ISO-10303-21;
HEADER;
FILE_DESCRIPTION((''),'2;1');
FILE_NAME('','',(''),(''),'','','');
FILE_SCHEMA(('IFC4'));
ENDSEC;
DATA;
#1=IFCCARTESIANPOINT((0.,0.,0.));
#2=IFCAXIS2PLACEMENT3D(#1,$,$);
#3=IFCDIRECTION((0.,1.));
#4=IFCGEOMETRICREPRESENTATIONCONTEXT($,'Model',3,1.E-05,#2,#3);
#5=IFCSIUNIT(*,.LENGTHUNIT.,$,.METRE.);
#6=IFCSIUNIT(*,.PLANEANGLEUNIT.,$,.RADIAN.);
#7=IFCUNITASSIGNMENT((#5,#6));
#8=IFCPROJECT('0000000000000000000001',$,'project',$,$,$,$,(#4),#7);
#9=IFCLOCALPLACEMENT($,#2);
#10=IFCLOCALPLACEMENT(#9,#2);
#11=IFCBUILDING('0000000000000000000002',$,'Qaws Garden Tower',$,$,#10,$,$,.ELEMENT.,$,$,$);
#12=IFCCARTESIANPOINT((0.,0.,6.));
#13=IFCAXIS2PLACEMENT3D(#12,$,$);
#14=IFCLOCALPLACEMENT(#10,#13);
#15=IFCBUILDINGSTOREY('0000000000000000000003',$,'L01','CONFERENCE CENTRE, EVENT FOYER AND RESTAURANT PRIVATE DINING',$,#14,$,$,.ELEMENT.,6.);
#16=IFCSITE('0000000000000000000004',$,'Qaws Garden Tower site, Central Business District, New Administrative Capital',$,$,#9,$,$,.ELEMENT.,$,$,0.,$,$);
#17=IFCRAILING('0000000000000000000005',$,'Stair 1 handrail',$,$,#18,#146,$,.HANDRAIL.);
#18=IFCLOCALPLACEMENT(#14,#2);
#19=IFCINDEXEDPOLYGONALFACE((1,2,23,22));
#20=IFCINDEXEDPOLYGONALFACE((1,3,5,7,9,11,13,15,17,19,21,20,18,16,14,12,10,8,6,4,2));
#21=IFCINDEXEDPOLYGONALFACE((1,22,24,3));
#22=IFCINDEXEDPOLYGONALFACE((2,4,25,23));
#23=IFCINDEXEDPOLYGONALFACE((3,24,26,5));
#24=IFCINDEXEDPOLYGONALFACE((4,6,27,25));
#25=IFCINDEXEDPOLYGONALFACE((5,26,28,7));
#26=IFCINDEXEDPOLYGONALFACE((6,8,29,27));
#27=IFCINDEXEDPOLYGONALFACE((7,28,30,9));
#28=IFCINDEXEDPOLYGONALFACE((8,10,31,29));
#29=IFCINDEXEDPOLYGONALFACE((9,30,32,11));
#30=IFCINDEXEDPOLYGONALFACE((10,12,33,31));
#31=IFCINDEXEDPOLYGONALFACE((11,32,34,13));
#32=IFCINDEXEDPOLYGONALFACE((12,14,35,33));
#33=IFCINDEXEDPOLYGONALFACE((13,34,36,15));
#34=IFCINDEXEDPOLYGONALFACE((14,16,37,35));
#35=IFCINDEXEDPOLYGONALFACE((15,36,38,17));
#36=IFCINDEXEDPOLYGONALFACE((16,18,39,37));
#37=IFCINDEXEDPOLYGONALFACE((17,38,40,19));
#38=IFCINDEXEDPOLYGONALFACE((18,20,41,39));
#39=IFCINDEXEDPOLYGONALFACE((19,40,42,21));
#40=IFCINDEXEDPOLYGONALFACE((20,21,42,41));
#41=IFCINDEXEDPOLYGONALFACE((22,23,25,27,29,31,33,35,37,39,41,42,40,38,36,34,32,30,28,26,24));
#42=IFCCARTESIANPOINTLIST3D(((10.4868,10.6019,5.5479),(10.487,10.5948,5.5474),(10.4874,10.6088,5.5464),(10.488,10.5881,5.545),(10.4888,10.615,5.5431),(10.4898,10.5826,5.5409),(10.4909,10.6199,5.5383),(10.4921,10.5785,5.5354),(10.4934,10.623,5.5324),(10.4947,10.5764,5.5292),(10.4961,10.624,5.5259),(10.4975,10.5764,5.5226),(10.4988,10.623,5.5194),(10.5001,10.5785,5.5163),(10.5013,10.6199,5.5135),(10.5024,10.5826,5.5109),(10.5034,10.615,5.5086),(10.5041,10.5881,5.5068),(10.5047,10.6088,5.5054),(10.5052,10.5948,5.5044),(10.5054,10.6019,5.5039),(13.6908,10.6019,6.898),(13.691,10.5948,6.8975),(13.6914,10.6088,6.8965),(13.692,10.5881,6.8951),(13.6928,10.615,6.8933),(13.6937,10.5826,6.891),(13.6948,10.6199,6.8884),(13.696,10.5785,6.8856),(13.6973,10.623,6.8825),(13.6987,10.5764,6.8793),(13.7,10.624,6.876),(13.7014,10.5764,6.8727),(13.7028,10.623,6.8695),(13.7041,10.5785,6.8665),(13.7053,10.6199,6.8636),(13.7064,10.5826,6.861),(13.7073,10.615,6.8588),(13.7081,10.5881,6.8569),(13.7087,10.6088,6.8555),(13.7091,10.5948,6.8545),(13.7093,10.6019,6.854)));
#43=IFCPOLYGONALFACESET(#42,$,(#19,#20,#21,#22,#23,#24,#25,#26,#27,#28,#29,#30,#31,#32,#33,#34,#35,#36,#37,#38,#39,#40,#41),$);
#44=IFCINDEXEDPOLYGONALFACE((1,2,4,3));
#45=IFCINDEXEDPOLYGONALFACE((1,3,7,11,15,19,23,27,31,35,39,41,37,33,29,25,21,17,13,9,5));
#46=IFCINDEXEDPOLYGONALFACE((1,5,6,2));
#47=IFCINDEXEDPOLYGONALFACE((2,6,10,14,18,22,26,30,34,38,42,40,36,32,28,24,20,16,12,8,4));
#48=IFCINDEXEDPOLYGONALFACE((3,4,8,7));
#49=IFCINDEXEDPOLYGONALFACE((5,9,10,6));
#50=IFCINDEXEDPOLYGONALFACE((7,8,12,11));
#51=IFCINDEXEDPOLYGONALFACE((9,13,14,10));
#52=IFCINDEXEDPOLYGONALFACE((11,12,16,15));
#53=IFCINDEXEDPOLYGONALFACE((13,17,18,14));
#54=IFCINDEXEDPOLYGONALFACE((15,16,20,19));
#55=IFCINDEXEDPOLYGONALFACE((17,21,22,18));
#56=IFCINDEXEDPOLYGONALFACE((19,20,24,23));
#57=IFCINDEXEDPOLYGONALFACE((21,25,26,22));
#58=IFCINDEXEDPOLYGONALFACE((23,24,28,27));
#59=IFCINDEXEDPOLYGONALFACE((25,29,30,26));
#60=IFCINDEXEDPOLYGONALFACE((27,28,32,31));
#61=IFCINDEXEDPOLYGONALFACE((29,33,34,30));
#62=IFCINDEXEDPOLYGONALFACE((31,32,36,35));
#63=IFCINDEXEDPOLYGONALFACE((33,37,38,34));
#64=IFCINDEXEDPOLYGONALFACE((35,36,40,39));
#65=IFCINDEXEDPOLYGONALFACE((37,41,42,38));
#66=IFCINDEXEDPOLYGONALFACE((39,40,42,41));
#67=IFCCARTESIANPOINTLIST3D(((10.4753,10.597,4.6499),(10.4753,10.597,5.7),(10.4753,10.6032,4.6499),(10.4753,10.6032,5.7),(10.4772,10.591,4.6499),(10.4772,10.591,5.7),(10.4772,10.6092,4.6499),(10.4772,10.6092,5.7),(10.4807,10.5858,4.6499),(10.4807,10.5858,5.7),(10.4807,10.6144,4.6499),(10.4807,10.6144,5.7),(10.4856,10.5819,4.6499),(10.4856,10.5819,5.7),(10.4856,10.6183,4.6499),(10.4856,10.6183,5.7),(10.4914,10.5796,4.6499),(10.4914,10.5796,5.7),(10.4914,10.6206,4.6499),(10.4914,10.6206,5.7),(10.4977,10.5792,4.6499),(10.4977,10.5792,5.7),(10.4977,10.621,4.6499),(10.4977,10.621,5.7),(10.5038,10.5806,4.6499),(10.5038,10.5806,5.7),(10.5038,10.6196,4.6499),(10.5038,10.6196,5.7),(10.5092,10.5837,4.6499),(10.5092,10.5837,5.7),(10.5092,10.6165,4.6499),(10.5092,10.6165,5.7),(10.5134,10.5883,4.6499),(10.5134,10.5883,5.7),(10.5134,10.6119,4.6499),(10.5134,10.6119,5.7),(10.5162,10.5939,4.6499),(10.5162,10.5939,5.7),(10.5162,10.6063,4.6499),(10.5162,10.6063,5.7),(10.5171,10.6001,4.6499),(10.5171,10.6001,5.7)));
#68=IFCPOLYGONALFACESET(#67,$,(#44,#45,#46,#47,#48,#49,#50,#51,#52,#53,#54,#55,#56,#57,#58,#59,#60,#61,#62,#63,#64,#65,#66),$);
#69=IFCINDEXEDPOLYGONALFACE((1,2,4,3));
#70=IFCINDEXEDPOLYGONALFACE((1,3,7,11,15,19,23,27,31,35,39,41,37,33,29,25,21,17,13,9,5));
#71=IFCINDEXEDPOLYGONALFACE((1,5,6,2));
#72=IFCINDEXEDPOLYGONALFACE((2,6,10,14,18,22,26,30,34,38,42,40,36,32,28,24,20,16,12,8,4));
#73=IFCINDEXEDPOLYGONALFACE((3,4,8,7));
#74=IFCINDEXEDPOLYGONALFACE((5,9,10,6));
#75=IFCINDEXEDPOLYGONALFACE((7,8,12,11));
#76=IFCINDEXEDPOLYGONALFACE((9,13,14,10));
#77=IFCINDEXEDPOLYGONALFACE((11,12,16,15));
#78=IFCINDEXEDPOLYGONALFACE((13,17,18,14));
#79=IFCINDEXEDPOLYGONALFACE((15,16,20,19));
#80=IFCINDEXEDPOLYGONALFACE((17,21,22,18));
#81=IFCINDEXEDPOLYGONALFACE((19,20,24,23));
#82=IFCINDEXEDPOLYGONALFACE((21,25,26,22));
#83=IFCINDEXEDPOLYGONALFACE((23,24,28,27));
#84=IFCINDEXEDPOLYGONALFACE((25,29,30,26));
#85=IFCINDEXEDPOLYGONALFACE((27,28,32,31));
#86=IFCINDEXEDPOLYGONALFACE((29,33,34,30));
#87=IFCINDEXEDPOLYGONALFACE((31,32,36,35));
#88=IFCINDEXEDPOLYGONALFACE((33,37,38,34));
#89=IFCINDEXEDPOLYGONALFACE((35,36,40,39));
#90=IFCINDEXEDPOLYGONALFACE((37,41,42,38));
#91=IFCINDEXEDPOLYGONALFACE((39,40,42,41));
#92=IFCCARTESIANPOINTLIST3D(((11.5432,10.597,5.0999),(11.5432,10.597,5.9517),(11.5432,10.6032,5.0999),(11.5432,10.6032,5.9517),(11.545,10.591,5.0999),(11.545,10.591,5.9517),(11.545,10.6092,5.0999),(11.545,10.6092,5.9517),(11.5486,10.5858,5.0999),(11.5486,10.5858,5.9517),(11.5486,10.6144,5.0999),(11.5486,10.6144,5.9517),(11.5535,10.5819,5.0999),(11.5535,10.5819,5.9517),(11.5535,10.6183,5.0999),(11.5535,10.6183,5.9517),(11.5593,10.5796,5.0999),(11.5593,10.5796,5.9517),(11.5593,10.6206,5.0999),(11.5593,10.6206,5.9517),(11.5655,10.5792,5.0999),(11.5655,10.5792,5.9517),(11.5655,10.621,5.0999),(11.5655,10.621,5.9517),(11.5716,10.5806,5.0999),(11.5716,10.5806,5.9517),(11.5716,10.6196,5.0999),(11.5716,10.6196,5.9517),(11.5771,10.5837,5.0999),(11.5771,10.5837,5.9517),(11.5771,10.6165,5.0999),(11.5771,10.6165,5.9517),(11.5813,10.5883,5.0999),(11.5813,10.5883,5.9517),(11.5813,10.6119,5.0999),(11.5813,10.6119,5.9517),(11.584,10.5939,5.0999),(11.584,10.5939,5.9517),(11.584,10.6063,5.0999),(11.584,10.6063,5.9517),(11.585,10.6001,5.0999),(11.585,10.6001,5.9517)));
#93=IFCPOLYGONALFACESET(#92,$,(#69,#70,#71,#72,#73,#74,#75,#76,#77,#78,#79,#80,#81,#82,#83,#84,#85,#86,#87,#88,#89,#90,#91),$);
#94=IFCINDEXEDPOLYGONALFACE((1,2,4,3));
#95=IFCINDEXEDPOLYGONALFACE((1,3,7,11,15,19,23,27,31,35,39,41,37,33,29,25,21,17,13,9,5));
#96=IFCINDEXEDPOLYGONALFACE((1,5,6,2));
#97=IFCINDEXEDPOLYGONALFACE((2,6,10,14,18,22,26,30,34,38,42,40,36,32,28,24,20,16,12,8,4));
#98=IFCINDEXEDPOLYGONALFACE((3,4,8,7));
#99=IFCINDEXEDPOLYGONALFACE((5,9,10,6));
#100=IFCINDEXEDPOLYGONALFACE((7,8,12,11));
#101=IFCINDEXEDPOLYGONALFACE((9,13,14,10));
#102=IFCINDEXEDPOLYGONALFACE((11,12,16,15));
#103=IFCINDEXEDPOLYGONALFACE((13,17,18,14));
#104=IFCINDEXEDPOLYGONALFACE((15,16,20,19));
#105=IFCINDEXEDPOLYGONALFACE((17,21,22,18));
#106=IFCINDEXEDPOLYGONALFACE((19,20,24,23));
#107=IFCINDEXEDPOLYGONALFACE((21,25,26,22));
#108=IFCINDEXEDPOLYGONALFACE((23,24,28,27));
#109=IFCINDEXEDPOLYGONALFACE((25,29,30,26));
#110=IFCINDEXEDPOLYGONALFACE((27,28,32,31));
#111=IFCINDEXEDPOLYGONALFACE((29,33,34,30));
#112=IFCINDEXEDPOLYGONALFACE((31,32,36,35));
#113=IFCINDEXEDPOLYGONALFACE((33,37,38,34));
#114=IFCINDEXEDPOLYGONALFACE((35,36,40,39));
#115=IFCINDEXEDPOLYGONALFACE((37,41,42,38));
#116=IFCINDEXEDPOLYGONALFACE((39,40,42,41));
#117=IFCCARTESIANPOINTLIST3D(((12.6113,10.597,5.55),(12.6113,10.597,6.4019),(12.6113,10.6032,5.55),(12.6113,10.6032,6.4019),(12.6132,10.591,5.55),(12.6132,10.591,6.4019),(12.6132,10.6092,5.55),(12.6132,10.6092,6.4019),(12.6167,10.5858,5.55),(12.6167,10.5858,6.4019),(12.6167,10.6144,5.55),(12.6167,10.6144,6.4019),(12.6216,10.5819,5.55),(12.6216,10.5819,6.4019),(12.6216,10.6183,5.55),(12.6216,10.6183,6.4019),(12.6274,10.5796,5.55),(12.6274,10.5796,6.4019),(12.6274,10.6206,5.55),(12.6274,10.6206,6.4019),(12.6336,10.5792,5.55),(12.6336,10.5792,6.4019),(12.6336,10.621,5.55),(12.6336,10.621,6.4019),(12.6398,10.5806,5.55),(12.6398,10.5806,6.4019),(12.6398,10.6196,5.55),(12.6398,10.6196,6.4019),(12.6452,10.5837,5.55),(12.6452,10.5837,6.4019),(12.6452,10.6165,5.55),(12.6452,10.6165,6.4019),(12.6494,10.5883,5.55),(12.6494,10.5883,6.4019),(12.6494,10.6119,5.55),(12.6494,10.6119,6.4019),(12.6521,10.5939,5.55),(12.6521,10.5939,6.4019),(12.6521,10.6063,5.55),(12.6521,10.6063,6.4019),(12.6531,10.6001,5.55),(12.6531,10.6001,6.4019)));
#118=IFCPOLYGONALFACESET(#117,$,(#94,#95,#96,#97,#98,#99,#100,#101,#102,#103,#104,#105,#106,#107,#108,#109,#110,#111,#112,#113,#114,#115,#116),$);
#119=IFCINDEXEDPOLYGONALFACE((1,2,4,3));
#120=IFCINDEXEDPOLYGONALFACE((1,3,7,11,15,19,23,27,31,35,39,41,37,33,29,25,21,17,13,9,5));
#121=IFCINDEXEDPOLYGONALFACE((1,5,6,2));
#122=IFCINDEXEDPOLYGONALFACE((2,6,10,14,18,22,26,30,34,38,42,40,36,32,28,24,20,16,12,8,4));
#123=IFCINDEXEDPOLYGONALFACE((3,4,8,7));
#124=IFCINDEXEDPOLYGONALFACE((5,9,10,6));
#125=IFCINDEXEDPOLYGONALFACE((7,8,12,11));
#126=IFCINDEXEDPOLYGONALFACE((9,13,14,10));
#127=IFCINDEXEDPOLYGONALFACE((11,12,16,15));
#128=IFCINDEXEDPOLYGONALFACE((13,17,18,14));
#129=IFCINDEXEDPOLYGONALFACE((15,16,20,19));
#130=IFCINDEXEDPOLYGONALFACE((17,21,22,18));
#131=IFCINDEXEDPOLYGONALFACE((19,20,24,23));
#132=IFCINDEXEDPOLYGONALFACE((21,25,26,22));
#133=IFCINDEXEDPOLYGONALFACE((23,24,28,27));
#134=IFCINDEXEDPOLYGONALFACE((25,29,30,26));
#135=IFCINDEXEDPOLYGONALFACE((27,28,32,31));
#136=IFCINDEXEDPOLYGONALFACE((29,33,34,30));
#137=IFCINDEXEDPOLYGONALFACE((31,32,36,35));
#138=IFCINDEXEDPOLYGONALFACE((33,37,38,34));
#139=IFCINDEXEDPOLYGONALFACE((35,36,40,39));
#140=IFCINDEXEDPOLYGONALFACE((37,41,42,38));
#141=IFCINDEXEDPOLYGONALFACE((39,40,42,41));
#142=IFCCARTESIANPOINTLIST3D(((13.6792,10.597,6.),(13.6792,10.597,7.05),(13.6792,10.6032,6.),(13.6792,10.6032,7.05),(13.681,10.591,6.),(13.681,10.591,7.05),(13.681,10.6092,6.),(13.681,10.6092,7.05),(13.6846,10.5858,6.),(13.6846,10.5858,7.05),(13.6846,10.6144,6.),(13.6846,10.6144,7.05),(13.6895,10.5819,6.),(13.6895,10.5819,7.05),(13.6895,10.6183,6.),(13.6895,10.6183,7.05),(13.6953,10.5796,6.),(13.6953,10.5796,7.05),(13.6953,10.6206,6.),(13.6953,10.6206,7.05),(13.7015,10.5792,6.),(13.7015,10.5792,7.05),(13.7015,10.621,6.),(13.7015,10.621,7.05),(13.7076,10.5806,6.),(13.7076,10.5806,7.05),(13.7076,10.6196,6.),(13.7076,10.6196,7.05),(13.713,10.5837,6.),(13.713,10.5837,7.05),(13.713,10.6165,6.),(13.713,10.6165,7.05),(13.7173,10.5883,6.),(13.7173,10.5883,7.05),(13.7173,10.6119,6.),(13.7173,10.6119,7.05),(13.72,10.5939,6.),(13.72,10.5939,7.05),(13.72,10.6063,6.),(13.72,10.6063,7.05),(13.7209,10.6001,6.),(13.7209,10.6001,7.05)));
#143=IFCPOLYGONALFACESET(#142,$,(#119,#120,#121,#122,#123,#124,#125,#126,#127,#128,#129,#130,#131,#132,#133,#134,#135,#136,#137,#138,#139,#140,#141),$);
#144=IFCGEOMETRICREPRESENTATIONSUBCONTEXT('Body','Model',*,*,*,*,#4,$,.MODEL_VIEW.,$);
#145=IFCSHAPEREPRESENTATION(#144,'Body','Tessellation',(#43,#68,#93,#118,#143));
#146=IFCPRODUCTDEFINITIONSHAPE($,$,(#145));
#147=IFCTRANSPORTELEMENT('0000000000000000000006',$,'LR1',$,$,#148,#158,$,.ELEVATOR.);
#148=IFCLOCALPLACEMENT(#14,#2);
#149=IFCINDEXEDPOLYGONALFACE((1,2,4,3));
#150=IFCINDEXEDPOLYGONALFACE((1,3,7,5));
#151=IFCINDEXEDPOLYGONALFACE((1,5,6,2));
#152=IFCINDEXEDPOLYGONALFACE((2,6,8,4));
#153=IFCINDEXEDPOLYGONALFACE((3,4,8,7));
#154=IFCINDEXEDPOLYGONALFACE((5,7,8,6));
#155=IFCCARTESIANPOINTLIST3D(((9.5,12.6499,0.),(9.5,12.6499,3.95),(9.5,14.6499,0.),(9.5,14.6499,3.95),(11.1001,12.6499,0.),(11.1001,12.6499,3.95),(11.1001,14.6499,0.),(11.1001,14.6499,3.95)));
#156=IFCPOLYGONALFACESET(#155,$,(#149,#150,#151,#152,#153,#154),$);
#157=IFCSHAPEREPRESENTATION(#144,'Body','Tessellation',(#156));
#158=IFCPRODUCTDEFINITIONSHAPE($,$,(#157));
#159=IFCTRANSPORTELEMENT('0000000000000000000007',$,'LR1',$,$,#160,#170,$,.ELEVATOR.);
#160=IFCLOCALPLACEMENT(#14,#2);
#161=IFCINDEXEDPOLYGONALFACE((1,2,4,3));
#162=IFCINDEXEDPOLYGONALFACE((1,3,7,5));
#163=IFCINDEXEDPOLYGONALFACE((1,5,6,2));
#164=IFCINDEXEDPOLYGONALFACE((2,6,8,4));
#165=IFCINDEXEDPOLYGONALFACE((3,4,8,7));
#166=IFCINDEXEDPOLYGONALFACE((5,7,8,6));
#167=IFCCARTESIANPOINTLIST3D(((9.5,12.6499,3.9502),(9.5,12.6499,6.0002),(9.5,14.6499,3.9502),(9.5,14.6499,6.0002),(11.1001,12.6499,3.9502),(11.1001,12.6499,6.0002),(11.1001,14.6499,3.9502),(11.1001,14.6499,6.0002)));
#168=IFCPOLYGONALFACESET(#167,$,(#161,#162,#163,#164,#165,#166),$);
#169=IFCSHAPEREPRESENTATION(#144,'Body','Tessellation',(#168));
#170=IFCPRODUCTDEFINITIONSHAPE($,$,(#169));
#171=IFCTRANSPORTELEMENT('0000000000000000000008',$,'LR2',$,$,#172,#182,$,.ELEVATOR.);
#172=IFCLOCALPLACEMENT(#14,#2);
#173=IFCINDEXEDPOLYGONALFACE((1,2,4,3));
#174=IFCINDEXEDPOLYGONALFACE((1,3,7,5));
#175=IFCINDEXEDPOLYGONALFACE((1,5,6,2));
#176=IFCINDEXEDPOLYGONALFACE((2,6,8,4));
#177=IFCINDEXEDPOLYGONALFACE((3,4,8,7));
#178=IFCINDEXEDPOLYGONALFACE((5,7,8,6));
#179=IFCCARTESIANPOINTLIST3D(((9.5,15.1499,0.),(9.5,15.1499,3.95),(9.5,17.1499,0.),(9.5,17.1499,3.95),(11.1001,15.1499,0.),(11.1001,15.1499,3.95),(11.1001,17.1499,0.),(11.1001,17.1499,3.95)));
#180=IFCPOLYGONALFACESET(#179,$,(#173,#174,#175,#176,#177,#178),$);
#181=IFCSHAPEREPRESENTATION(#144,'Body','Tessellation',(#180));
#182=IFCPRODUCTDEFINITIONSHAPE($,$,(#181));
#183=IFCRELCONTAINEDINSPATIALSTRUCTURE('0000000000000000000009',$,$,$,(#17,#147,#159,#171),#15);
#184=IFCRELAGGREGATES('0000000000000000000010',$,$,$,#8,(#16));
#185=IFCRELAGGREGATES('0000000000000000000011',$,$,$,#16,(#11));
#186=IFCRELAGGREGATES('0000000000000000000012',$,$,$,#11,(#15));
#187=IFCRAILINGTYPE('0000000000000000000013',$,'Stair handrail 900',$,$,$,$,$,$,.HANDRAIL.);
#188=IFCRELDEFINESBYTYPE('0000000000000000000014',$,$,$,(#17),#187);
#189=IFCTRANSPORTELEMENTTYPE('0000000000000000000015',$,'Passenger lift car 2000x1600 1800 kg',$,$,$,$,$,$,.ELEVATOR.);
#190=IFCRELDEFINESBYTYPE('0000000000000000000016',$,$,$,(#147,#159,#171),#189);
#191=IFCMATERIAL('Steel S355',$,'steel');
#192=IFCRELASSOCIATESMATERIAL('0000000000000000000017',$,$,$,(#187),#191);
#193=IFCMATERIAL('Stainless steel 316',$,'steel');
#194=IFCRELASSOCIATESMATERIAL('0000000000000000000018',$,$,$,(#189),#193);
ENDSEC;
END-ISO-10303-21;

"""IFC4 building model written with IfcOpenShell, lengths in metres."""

from ifc_helpers import new_model, si_unit, direction, frame, origin, origin_2d, place, context, subcontext, project, spatial, rectangle, circle, extrude, material, type_object, element, save


model = new_model("IFC4")

# Units and contexts
model_context = context("Model", 3, precision=1e-05, world=origin(), true_north=direction((0.0, 1.0)))
body_context = subcontext(model_context, "Body", "Model", "MODEL_VIEW")
ifc_project = project(units=[si_unit("LENGTHUNIT", "METRE"), si_unit("PLANEANGLEUNIT", "RADIAN")], contexts=[model_context])

# Site, building, storey
site_placement = place(None, origin())
site = spatial("IfcSite", under=ifc_project, at=site_placement, Name="Qaws Garden Tower site, Central Business District, New Administrative Capital", CompositionType="ELEMENT", RefElevation=0.0)
building_placement = place(site_placement, origin())
building = spatial("IfcBuilding", under=site, at=building_placement, Name="Qaws Garden Tower", CompositionType="ELEMENT")
storey_placement = place(building_placement, frame((0.0, 0.0, 6.0)))
storey = spatial("IfcBuildingStorey", under=building, at=storey_placement, Name="L01", Description="CONFERENCE CENTRE, EVENT FOYER AND RESTAURANT PRIVATE DINING", CompositionType="ELEMENT", Elevation=6.0)

# Railing
ifc_material_1 = material(Name="Steel S355", Category="steel")
railing_type = type_object("IfcRailingType", Name="Stair handrail 900", PredefinedType="HANDRAIL", material=ifc_material_1)
railing_1_placement = place(storey_placement, frame((10.4961, 10.6001, 4.6499)))
element("IfcRailing", 1, at=railing_1_placement, inside=storey, type_object=railing_type, Name="Stair 1 handrail", PredefinedType="HANDRAIL", context=body_context, shape_type="SweptSolid", body=[
    extrude(circle(Radius=0.0239, at=origin_2d()), frame((0.0, 0.0, 0.876), z_axis=(0.921522, 0.0, 0.388327), x_axis=(0.0, 1.0, 0.0)), (0.0, 0.0, 1.0), 3.4768),
    extrude(circle(Radius=0.021, at=origin_2d()), origin(), (0.0, 0.0, 1.0), 1.05),
    extrude(circle(Radius=0.021, at=origin_2d()), frame((1.0679, 0.0, 0.45)), (0.0, 0.0, 1.0), 0.8518),
    extrude(circle(Radius=0.021, at=origin_2d()), frame((2.136, 0.0, 0.9001)), (0.0, 0.0, 1.0), 0.8518),
    extrude(circle(Radius=0.021, at=origin_2d()), frame((3.2039, 0.0, 1.3501)), (0.0, 0.0, 1.0), 1.05),
])

# Transport elements
ifc_material_2 = material(Name="Stainless steel 316", Category="steel")
transport_element_type = type_object("IfcTransportElementType", Name="Passenger lift car 2000x1600 1800 kg", PredefinedType="ELEVATOR", material=ifc_material_2)
transport_element_1_placement = place(storey_placement, frame((10.3, 13.6499, 0.0), z_axis=(0.0, 0.0, 1.0), x_axis=(1.0, 0.0, 0.0)))
element("IfcTransportElement", 2, at=transport_element_1_placement, inside=storey, type_object=transport_element_type, Name="LR1", PredefinedType="ELEVATOR", context=body_context, shape_type="SweptSolid", body=[
    extrude(rectangle(XDim=1.6001, YDim=2.0, at=origin_2d()), origin(), (0.0, 0.0, 1.0), 3.95),
])
transport_element_2_placement = place(storey_placement, frame((10.3, 13.6499, 3.9502), z_axis=(0.0, 0.0, 1.0), x_axis=(1.0, 0.0, 0.0)))
element("IfcTransportElement", 3, at=transport_element_2_placement, inside=storey, type_object=transport_element_type, Name="LR1", PredefinedType="ELEVATOR", context=body_context, shape_type="SweptSolid", body=[
    extrude(rectangle(XDim=1.6001, YDim=2.0, at=origin_2d()), origin(), (0.0, 0.0, 1.0), 2.05),
])
transport_element_3_placement = place(storey_placement, frame((10.3, 16.1499, 0.0), z_axis=(0.0, 0.0, 1.0), x_axis=(1.0, 0.0, 0.0)))
element("IfcTransportElement", 4, at=transport_element_3_placement, inside=storey, type_object=transport_element_type, Name="LR2", PredefinedType="ELEVATOR", context=body_context, shape_type="SweptSolid", body=[
    extrude(rectangle(XDim=1.6001, YDim=2.0, at=origin_2d()), origin(), (0.0, 0.0, 1.0), 3.95),
])

save(model, "model.ifc")
